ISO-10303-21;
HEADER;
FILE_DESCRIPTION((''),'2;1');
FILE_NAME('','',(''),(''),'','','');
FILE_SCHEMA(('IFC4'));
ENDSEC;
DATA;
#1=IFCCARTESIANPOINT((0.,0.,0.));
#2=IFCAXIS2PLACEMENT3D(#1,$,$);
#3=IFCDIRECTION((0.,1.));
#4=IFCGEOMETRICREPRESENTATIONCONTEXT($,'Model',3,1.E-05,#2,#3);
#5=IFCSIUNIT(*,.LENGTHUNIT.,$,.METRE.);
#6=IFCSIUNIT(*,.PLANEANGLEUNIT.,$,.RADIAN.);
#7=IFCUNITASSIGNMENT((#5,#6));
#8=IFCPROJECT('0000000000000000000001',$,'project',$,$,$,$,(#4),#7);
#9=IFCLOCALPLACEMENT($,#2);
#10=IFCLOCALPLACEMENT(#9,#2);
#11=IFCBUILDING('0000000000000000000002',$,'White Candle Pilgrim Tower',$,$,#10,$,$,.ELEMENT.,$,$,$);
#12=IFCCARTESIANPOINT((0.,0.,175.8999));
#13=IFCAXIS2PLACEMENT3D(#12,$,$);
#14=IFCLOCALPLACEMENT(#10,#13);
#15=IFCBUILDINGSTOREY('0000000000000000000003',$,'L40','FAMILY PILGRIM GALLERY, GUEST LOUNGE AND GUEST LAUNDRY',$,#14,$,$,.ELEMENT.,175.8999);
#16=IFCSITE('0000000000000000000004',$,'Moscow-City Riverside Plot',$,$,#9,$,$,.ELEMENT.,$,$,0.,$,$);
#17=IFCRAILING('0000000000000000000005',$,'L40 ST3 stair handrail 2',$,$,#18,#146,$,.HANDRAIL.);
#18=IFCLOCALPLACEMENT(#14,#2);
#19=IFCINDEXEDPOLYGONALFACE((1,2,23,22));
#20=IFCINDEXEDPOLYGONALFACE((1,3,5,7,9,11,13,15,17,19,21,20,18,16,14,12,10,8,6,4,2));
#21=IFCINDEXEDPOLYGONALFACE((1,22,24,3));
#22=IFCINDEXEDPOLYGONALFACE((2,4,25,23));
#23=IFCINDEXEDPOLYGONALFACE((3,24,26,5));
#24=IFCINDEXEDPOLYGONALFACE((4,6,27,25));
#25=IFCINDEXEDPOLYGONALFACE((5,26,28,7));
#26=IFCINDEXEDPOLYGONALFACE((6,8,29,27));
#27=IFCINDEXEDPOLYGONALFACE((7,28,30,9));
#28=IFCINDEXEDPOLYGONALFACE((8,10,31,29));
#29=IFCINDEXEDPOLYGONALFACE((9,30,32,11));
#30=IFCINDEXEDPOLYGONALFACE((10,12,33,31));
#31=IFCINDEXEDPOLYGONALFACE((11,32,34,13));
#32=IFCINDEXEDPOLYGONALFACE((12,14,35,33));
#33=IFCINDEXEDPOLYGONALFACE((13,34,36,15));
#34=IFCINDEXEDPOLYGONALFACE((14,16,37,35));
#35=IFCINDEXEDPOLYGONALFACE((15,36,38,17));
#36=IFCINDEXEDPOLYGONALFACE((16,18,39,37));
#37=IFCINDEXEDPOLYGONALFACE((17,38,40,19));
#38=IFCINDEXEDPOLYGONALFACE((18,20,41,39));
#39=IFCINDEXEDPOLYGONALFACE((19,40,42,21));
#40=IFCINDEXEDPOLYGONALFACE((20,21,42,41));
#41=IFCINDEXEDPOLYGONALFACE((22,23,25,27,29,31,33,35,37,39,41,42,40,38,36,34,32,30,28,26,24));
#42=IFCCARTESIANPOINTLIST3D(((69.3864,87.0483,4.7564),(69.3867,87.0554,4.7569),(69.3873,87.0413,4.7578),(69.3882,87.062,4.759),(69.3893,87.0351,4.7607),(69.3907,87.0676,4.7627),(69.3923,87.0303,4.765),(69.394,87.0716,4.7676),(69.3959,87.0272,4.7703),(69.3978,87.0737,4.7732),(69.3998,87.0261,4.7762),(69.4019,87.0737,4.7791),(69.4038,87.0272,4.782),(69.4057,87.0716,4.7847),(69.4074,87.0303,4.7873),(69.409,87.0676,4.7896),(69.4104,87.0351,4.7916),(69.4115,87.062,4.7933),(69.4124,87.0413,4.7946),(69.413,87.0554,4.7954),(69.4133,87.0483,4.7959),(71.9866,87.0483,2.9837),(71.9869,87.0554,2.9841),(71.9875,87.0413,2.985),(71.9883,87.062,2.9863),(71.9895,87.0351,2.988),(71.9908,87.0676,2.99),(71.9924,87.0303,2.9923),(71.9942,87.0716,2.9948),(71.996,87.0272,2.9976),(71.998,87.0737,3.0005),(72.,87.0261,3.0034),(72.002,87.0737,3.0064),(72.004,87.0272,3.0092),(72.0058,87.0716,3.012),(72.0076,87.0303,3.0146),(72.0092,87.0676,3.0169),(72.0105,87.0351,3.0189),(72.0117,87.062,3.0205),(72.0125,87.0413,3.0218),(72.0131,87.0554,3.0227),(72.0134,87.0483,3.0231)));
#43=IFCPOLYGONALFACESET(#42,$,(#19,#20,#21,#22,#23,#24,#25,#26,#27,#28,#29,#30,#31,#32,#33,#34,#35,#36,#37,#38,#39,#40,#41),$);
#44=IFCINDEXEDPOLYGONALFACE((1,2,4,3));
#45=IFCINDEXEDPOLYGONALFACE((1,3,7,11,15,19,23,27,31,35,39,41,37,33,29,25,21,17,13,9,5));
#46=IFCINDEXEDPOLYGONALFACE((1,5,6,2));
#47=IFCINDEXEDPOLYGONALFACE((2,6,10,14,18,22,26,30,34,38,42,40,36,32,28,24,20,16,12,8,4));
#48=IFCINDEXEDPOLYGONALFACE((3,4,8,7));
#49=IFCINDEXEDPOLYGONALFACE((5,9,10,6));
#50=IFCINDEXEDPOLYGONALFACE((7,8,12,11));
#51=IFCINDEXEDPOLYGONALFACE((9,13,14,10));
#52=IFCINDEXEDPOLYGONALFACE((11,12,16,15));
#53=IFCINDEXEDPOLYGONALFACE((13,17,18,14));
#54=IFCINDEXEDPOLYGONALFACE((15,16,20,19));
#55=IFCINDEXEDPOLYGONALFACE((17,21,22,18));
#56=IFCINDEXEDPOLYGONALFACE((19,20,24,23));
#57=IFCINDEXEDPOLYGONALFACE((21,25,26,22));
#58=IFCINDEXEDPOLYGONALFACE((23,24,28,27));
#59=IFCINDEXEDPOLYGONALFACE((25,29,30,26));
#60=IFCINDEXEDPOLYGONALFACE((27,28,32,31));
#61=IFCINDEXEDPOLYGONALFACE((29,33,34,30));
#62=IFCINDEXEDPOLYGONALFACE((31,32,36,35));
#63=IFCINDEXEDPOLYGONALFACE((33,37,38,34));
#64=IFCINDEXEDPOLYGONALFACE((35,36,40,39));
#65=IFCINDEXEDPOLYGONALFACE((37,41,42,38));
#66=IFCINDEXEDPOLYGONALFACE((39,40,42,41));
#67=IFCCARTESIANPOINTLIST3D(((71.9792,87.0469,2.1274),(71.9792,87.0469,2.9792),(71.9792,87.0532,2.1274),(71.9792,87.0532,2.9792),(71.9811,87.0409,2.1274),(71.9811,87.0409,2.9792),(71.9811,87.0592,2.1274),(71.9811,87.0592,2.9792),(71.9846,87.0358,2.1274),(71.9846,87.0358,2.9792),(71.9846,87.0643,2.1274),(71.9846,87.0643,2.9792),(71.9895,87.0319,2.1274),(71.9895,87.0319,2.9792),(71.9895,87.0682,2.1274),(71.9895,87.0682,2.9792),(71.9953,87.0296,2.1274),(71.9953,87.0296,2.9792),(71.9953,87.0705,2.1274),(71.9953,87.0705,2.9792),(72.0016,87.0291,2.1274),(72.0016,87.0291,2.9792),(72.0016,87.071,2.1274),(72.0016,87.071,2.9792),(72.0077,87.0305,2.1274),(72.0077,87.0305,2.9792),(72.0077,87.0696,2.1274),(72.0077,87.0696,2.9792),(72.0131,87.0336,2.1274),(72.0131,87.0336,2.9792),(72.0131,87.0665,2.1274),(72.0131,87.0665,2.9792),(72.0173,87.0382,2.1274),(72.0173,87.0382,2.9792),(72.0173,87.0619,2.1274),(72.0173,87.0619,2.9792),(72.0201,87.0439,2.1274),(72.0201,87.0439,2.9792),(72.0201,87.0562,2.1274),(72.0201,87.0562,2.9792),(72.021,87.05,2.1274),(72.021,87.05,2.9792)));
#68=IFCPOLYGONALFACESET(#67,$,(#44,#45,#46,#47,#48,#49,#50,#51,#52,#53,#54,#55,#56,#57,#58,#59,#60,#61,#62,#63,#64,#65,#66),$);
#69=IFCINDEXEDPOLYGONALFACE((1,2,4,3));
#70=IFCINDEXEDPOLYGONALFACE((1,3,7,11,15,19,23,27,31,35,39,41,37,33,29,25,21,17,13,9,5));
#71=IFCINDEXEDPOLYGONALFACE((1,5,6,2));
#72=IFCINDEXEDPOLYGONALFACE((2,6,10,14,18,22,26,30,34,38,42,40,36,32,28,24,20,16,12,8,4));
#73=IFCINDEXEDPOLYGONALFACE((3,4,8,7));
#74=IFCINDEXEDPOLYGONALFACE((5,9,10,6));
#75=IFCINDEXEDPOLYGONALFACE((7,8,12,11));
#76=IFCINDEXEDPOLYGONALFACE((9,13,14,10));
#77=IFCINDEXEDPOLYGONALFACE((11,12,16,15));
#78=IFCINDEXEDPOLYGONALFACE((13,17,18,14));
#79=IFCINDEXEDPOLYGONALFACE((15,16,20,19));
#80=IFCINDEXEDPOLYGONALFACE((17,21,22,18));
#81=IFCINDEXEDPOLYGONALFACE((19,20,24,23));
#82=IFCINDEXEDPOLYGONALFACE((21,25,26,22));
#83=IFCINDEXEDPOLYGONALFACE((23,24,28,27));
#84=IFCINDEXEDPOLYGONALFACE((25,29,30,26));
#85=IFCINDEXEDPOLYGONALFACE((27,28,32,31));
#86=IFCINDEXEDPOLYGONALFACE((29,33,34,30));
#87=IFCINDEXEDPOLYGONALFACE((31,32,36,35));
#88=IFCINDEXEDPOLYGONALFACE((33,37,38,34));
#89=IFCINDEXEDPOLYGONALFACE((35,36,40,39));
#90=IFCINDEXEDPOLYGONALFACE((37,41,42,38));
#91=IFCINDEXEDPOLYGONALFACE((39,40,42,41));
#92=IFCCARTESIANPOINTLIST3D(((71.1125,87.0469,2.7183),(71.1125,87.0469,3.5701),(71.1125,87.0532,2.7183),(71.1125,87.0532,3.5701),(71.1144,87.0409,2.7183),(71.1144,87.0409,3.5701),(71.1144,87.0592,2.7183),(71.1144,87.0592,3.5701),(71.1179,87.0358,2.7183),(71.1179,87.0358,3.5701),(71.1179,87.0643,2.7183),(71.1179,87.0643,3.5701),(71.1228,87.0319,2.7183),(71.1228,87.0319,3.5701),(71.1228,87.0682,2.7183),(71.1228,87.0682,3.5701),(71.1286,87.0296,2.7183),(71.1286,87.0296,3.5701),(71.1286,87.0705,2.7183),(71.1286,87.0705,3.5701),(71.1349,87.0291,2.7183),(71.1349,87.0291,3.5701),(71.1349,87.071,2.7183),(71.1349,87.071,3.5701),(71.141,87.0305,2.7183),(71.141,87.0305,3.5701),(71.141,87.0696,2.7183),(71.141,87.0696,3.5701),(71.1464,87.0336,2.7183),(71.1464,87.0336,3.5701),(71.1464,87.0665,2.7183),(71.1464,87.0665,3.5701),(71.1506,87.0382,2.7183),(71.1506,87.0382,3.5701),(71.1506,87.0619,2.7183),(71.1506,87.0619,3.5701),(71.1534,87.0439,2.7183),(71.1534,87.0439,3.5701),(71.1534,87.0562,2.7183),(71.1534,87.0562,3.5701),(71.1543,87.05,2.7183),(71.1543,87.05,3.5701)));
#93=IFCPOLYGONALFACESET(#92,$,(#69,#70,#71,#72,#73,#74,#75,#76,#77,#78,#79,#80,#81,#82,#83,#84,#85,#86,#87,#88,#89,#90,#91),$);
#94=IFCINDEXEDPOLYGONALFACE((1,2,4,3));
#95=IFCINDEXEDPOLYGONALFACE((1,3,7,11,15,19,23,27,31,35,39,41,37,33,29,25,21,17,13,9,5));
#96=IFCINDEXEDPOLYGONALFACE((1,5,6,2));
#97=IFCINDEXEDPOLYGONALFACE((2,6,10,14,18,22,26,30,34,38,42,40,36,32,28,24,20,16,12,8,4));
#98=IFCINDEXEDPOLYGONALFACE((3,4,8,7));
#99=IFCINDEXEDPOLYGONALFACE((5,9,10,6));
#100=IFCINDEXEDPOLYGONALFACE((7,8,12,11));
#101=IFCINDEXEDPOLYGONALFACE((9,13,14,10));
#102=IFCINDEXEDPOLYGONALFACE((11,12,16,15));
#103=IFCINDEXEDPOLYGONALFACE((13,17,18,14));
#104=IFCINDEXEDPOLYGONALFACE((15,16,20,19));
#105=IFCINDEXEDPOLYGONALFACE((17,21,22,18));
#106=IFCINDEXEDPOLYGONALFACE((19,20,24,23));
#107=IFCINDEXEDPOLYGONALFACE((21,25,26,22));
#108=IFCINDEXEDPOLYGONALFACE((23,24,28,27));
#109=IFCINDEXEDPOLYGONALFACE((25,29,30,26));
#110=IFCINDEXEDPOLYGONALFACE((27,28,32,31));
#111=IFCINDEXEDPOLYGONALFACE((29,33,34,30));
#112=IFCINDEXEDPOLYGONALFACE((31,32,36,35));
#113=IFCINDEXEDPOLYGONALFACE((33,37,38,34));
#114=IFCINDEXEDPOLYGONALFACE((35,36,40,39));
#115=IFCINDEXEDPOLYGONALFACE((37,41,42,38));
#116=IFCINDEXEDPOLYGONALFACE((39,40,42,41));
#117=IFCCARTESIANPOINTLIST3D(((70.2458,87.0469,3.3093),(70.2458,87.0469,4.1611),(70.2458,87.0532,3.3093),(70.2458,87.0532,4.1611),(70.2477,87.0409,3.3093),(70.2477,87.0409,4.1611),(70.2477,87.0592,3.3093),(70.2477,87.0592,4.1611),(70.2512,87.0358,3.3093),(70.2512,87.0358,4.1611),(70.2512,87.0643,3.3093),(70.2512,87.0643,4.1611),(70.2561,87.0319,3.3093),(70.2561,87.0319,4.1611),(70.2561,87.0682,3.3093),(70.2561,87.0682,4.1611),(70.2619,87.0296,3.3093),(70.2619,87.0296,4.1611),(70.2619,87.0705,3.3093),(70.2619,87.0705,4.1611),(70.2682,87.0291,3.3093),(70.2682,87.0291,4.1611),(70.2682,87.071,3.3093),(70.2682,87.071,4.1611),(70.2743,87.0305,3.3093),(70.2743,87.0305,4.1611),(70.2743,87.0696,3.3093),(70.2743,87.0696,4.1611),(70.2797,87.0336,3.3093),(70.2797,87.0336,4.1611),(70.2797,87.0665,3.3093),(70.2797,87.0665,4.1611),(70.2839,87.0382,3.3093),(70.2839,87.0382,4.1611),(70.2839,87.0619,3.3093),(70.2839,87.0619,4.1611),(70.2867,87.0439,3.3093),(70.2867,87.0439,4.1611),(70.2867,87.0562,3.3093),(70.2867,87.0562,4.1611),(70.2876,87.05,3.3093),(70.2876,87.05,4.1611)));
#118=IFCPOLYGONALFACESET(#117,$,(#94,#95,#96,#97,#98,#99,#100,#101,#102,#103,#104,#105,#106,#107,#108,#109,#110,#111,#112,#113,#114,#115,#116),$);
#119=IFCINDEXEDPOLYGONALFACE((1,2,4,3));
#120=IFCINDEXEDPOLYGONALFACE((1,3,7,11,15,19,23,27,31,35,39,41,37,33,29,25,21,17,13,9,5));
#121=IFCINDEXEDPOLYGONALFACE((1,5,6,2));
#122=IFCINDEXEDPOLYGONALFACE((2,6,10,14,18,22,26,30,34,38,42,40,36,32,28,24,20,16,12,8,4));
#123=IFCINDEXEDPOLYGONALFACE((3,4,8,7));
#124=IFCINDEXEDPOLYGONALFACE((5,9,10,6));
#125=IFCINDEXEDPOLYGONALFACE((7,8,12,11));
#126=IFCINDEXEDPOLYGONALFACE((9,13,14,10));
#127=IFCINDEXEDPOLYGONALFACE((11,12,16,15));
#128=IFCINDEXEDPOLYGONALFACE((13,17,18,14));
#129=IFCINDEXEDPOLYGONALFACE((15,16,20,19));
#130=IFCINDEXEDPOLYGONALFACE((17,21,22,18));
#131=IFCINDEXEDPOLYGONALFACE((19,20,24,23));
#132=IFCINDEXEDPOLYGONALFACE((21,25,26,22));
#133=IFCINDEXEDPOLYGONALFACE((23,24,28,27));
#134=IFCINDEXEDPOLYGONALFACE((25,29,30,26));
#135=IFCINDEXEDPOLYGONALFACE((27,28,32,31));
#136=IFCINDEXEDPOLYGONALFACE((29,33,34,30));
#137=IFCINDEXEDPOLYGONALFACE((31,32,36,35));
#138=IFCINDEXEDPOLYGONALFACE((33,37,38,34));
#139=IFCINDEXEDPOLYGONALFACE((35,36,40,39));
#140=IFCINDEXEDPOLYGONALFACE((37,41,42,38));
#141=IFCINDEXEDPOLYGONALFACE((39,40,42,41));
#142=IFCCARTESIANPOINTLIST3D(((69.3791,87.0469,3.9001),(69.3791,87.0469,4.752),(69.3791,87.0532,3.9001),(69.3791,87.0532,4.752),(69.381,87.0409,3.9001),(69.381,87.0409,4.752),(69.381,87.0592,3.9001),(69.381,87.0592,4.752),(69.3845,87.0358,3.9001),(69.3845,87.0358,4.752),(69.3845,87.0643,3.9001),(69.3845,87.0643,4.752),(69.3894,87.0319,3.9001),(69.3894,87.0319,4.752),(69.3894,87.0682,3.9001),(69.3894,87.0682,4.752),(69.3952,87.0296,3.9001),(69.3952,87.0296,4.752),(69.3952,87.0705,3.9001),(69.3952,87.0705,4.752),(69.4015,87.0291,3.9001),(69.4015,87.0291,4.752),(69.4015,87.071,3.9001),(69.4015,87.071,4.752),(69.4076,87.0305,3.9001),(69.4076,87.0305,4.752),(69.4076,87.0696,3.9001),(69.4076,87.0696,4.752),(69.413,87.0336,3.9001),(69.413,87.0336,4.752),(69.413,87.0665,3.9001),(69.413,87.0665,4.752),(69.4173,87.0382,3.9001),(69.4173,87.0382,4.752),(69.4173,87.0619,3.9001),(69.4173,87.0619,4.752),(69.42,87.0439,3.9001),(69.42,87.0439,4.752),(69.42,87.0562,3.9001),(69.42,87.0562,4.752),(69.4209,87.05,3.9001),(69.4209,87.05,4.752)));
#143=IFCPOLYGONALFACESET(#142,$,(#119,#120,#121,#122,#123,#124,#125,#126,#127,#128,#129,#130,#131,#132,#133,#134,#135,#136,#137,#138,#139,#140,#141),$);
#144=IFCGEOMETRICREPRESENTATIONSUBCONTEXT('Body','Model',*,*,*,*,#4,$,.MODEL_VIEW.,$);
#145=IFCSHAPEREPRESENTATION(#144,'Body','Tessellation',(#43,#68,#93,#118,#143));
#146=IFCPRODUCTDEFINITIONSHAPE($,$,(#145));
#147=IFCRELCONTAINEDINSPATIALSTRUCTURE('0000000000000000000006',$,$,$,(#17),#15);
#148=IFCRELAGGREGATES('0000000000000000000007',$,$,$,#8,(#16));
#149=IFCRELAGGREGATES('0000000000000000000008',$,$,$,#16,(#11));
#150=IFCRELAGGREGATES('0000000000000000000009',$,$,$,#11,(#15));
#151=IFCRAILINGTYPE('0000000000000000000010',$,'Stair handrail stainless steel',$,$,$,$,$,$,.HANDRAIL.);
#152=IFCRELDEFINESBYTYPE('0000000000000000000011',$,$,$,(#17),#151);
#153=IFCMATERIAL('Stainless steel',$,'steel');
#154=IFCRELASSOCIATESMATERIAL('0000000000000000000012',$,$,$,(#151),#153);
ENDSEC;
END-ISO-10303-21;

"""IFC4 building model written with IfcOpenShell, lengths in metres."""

from ifc_helpers import new_model, si_unit, direction, frame, origin, origin_2d, place, context, subcontext, project, spatial, circle, extrude, material, type_object, element, save


model = new_model("IFC4")

# Units and contexts
model_context = context("Model", 3, precision=1e-05, world=origin(), true_north=direction((0.0, 1.0)))
body_context = subcontext(model_context, "Body", "Model", "MODEL_VIEW")
ifc_project = project(units=[si_unit("LENGTHUNIT", "METRE"), si_unit("PLANEANGLEUNIT", "RADIAN")], contexts=[model_context])

# Site, building, storey
site_placement = place(None, origin())
site = spatial("IfcSite", under=ifc_project, at=site_placement, Name="Moscow-City Riverside Plot", CompositionType="ELEMENT", RefElevation=0.0)
building_placement = place(site_placement, origin())
building = spatial("IfcBuilding", under=site, at=building_placement, Name="White Candle Pilgrim Tower", CompositionType="ELEMENT")
storey_placement = place(building_placement, frame((0.0, 0.0, 175.8999)))
storey = spatial("IfcBuildingStorey", under=building, at=storey_placement, Name="L40", Description="FAMILY PILGRIM GALLERY, GUEST LOUNGE AND GUEST LAUNDRY", CompositionType="ELEMENT", Elevation=175.8999)

# Railing
ifc_material_1 = material(Name="Stainless steel", Category="steel")
railing_type_1 = type_object("IfcRailingType", Name="Stair handrail stainless steel", PredefinedType="HANDRAIL", material=ifc_material_1)
railing_1_placement = place(storey_placement, frame((72.0, 87.05, 2.1274)))
element("IfcRailing", 1, at=railing_1_placement, inside=storey, type_object=railing_type_1, Name="L40 ST3 stair handrail 2", PredefinedType="HANDRAIL", context=body_context, shape_type="SweptSolid", body=[
    extrude(circle(Radius=0.0239, at=origin_2d()), frame((0.0, 0.0, 0.876), z_axis=(-0.82624, 0.0, 0.563318), x_axis=(0.0, -1.0, 0.0)), (0.0, 0.0, 1.0), 3.147),
    extrude(circle(Radius=0.021, at=origin_2d()), origin(), (0.0, 0.0, 1.0), 0.8518),
    extrude(circle(Radius=0.021, at=origin_2d()), frame((-0.8667, 0.0, 0.5908)), (0.0, 0.0, 1.0), 0.8518),
    extrude(circle(Radius=0.021, at=origin_2d()), frame((-1.7334, 0.0, 1.1819)), (0.0, 0.0, 1.0), 0.8518),
    extrude(circle(Radius=0.021, at=origin_2d()), frame((-2.6001, 0.0, 1.7727)), (0.0, 0.0, 1.0), 0.8518),
])

save(model, "model.ifc")
